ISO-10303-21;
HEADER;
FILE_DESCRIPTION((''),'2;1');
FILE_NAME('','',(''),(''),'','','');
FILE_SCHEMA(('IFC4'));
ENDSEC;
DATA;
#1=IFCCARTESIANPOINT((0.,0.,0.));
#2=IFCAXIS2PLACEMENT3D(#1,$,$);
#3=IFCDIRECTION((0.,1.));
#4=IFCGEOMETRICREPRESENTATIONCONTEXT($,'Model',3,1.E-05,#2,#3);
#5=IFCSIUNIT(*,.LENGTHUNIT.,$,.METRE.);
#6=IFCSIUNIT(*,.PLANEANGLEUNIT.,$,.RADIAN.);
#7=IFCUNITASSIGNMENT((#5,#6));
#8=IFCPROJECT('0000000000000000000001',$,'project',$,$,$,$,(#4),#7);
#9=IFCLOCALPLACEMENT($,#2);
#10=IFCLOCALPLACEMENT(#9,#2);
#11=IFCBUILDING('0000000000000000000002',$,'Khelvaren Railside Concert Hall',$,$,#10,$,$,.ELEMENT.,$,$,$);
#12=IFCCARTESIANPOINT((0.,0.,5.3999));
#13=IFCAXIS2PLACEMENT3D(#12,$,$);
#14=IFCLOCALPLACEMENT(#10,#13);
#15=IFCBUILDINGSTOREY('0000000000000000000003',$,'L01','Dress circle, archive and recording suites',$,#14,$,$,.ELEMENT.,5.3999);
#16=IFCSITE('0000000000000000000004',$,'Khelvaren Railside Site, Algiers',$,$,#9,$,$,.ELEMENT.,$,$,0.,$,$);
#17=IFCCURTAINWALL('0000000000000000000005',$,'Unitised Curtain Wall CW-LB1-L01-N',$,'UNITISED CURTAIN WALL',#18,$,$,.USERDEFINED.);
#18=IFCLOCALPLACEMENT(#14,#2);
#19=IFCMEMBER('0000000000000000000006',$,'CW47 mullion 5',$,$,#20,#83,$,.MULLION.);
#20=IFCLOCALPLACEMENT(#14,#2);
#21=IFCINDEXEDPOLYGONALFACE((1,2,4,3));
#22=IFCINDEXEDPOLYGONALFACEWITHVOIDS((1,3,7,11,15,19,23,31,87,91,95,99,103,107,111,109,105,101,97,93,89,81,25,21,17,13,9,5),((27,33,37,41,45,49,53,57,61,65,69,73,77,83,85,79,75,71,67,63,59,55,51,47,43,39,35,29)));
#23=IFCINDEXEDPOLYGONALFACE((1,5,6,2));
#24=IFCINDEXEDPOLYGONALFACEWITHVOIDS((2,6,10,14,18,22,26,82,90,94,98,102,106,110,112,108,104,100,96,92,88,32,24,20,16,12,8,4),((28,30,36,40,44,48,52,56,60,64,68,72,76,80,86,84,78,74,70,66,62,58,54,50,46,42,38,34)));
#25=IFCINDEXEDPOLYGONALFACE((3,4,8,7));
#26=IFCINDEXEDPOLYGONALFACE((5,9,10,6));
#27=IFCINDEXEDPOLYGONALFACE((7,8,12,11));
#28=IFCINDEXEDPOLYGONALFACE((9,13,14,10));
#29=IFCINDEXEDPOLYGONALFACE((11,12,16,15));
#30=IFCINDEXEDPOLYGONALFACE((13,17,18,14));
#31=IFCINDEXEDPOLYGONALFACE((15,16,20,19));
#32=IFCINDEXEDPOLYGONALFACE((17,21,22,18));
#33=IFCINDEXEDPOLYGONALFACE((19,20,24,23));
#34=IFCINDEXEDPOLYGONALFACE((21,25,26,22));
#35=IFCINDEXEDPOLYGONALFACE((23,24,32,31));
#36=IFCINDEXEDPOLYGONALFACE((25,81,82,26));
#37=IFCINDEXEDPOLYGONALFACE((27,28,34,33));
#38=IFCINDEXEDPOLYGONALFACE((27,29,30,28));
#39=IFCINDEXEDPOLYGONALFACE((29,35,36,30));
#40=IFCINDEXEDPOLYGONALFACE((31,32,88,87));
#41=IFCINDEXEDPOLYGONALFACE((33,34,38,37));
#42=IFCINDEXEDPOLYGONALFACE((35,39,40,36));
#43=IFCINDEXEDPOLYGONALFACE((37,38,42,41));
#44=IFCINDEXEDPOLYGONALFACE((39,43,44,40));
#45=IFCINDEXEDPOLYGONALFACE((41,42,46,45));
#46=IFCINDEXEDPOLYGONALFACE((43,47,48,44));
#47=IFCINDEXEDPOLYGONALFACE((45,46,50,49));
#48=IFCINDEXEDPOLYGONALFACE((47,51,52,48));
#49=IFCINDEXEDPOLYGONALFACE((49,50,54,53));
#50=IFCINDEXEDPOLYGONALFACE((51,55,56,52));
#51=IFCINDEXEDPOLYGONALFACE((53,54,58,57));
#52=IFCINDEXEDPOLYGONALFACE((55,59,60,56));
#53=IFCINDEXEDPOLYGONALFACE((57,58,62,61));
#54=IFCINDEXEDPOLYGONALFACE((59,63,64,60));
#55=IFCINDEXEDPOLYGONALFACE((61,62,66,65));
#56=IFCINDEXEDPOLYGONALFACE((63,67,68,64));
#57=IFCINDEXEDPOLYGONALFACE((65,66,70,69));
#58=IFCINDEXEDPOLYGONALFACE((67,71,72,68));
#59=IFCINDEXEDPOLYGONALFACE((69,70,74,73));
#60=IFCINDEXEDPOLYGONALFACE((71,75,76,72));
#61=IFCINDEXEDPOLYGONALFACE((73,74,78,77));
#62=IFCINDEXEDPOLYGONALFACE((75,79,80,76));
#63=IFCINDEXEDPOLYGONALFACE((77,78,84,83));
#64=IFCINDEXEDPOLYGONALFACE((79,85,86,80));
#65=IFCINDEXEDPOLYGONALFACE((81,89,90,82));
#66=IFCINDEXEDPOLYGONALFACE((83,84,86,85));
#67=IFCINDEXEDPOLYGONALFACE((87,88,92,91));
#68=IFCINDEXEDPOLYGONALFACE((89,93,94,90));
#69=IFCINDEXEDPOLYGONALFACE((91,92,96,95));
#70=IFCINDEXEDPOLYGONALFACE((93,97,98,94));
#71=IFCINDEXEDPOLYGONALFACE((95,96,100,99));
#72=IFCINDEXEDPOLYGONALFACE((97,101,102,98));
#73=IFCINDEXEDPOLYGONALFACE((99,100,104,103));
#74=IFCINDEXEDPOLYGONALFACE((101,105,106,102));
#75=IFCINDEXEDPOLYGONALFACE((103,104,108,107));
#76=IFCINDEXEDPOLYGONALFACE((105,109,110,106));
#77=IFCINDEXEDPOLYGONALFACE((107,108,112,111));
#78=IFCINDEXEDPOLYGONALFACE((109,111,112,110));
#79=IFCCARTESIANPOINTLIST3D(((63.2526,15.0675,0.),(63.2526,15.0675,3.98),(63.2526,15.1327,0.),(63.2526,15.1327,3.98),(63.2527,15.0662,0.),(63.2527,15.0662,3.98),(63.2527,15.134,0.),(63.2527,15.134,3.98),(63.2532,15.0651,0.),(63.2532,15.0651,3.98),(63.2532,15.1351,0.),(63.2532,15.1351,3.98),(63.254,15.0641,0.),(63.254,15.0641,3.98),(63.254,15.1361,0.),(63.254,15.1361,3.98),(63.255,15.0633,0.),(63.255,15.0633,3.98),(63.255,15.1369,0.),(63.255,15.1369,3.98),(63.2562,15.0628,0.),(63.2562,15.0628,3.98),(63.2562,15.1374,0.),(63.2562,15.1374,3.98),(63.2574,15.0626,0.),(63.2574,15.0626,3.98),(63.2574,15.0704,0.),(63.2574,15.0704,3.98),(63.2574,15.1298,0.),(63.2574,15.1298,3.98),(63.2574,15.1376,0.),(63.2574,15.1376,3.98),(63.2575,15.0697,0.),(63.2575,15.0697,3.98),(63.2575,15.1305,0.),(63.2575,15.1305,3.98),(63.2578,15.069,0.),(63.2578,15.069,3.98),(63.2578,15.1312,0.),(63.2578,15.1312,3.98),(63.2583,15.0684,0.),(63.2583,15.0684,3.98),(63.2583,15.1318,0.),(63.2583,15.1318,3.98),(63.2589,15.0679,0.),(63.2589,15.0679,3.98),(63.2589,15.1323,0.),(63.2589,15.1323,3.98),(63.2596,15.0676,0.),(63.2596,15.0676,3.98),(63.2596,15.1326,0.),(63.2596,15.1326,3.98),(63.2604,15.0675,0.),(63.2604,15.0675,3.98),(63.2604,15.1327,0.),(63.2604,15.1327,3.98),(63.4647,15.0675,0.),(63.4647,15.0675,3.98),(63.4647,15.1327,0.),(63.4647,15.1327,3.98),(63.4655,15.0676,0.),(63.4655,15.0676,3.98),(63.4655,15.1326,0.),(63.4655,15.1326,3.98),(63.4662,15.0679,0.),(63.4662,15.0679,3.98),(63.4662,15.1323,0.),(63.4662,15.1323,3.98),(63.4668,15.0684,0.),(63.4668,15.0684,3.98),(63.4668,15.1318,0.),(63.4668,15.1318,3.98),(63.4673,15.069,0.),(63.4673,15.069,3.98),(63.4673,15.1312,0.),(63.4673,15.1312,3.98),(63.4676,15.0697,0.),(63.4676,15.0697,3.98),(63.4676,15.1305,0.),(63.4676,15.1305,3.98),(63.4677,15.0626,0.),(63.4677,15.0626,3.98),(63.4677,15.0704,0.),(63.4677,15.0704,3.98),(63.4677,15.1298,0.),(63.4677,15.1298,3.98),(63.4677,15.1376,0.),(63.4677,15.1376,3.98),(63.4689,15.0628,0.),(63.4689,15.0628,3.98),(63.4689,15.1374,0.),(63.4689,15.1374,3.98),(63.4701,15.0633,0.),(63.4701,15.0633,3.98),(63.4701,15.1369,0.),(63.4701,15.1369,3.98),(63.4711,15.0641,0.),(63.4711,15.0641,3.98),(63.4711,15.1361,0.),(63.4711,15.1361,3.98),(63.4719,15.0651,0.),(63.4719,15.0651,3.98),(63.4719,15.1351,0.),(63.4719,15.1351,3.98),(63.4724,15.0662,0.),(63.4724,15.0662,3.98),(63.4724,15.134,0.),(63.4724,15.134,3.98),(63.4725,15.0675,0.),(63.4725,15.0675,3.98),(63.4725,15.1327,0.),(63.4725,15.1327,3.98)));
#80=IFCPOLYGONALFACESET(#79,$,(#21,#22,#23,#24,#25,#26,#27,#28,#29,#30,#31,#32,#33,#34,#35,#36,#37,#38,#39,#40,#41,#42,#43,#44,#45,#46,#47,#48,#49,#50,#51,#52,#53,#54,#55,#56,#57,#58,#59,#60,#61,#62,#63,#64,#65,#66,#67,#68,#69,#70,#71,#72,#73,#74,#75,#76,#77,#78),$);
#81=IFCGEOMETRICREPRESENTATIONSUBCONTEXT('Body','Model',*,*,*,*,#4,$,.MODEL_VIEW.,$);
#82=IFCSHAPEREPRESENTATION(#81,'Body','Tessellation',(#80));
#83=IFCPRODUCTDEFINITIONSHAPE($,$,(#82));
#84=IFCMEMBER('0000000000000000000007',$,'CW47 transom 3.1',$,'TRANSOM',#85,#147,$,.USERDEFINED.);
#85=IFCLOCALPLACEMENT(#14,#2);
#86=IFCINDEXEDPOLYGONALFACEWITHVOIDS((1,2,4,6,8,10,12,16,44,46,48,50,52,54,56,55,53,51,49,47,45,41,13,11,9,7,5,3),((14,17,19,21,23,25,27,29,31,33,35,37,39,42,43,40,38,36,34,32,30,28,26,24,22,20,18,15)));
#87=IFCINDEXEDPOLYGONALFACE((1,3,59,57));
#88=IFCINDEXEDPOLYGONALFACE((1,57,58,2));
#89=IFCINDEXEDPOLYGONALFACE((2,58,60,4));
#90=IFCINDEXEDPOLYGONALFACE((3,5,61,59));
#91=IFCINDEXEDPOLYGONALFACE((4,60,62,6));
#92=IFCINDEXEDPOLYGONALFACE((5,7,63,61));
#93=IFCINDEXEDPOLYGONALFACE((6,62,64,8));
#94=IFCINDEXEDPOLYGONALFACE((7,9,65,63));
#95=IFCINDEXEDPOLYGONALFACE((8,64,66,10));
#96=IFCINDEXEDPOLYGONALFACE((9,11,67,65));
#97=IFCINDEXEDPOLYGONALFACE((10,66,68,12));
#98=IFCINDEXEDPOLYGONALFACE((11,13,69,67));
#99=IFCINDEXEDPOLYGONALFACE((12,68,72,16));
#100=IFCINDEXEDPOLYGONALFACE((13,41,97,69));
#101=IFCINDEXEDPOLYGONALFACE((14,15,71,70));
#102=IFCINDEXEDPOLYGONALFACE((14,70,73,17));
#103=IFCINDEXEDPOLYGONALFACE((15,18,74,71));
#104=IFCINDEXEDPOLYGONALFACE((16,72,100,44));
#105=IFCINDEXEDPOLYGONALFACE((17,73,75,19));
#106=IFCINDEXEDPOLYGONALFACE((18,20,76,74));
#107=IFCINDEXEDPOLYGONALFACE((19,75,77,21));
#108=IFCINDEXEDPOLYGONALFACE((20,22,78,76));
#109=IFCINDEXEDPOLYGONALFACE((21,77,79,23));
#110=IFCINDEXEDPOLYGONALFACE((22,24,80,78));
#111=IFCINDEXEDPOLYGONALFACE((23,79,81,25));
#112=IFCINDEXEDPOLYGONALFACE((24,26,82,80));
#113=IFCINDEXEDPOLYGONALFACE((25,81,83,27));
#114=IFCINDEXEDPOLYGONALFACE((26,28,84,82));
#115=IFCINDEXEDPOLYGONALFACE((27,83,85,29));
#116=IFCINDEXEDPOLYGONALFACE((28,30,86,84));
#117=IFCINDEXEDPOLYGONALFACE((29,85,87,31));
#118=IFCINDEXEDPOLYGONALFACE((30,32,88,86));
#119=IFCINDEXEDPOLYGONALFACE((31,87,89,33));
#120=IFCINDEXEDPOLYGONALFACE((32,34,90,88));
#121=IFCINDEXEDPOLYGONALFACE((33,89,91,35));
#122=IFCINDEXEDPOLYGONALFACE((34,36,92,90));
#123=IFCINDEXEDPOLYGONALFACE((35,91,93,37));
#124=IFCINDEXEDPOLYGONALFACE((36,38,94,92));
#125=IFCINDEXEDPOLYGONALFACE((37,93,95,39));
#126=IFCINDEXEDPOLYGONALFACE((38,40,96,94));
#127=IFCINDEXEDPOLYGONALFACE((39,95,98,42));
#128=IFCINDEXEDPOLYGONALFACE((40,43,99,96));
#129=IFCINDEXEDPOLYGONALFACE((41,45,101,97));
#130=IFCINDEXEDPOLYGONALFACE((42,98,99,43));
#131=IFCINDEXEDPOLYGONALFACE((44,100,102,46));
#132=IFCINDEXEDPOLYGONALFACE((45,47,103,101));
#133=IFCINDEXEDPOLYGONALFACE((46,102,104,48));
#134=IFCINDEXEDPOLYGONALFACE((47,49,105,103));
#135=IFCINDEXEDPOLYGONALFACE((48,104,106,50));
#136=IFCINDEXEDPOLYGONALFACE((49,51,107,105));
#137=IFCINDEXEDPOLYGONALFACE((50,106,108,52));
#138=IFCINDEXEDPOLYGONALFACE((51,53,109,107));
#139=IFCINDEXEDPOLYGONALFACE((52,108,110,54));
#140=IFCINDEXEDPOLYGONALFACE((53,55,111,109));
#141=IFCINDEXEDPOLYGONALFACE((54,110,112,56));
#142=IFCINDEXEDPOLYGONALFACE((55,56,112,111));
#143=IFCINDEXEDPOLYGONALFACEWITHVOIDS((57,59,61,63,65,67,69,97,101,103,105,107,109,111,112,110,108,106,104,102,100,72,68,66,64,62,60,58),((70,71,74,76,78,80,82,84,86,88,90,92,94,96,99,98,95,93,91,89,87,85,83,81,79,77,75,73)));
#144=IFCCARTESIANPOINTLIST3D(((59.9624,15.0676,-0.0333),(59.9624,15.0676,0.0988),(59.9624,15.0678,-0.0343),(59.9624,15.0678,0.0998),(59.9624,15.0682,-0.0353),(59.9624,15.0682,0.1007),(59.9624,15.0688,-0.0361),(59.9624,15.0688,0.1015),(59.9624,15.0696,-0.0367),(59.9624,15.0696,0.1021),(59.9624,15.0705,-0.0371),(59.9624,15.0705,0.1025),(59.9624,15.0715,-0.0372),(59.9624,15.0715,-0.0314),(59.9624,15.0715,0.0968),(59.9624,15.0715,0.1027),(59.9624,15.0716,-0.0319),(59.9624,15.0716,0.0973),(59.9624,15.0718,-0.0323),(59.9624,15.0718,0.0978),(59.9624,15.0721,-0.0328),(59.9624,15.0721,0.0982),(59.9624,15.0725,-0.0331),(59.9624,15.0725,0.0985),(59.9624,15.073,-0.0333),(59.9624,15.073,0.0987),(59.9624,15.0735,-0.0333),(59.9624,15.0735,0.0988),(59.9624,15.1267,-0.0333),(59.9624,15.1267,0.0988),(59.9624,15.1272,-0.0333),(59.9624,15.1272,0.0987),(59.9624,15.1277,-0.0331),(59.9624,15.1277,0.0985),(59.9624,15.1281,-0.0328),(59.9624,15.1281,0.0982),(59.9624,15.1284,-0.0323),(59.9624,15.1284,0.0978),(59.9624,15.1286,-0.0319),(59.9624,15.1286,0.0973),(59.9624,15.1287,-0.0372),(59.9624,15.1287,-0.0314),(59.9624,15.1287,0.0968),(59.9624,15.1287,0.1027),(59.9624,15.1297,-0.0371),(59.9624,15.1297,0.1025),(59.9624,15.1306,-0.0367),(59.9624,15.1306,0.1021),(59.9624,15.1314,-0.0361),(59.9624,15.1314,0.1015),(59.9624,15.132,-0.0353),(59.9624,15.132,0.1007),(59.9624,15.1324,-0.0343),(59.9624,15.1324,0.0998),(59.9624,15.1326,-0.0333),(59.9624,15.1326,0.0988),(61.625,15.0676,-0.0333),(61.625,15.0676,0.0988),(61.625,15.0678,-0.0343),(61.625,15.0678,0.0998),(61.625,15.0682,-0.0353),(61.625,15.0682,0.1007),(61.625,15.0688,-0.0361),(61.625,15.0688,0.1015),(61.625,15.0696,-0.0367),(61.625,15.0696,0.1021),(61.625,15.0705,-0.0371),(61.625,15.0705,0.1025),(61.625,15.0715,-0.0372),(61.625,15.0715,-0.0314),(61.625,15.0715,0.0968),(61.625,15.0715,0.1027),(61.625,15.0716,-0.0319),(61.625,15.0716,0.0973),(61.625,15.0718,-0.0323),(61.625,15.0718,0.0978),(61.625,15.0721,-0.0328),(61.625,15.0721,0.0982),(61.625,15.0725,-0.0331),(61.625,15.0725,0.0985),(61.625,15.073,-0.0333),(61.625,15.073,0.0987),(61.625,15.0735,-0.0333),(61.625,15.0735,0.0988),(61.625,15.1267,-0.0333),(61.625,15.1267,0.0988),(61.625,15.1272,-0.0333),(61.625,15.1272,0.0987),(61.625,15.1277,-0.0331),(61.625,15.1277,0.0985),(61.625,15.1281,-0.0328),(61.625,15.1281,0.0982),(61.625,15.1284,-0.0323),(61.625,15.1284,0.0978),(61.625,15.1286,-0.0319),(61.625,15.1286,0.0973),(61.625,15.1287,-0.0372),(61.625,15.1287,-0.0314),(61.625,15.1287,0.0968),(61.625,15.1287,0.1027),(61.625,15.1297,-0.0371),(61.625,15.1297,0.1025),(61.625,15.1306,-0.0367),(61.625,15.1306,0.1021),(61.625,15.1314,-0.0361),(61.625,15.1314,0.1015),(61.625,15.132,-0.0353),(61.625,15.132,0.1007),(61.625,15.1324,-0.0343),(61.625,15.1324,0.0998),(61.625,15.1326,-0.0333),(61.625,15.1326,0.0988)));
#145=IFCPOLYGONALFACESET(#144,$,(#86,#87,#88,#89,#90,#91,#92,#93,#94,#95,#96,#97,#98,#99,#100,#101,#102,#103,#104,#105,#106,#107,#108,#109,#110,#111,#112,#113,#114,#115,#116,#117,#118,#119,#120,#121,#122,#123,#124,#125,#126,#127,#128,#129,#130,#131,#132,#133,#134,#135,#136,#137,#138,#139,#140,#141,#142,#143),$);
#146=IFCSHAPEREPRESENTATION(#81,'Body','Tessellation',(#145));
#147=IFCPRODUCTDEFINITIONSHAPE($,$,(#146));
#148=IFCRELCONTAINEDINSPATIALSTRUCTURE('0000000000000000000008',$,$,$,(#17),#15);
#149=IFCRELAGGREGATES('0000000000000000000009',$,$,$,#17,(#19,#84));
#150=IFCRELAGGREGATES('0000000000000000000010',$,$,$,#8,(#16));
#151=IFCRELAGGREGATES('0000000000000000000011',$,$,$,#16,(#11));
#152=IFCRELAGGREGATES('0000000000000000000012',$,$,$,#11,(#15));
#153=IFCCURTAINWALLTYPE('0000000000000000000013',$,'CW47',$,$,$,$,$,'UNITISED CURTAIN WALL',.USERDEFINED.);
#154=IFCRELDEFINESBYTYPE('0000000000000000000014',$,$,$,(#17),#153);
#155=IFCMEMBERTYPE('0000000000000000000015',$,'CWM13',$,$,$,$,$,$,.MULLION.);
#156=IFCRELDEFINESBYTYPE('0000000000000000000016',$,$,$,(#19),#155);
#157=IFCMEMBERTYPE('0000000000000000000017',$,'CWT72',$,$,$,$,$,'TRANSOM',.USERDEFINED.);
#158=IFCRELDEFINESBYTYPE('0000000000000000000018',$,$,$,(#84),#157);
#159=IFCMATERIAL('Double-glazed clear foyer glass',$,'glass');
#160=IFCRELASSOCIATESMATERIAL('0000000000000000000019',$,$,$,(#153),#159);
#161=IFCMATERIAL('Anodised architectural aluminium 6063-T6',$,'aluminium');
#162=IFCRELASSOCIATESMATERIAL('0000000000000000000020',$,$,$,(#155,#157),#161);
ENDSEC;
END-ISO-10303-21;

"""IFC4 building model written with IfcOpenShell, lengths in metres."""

from ifc_helpers import new_model, si_unit, direction, frame, origin, origin_2d, place, context, subcontext, project, spatial, hollow_rectangle, extrude, material, material_profile, profile_set, type_object, element, aggregate, save


model = new_model("IFC4")

# Units and contexts
model_context = context("Model", 3, precision=1e-05, world=origin(), true_north=direction((0.0, 1.0)))
body_context = subcontext(model_context, "Body", "Model", "MODEL_VIEW")
ifc_project = project(units=[si_unit("LENGTHUNIT", "METRE"), si_unit("PLANEANGLEUNIT", "RADIAN")], contexts=[model_context])

# Site, building, storey
site_placement = place(None, origin())
site = spatial("IfcSite", under=ifc_project, at=site_placement, Name="Khelvaren Railside Site, Algiers", CompositionType="ELEMENT", RefElevation=0.0)
building_placement = place(site_placement, origin())
building = spatial("IfcBuilding", under=site, at=building_placement, Name="Khelvaren Railside Concert Hall", CompositionType="ELEMENT")
storey_placement = place(building_placement, frame((0.0, 0.0, 5.3999)))
storey = spatial("IfcBuildingStorey", under=building, at=storey_placement, Name="L01", Description="Dress circle, archive and recording suites", CompositionType="ELEMENT", Elevation=5.3999)

# Curtain wall, members
ifc_material_1 = material(Name="Double-glazed clear foyer glass", Category="glass")
curtain_wall_type = type_object("IfcCurtainWallType", Name="CW47", ElementType="UNITISED CURTAIN WALL", PredefinedType="USERDEFINED", material=ifc_material_1)
curtain_wall_placement = place(storey_placement, origin())
curtain_wall = element("IfcCurtainWall", 1, at=curtain_wall_placement, inside=storey, type_object=curtain_wall_type, Name="Unitised Curtain Wall CW-LB1-L01-N", ObjectType="UNITISED CURTAIN WALL", PredefinedType="USERDEFINED")
ifc_material_2 = material(Name="Anodised architectural aluminium 6063-T6", Category="aluminium")
ifc_material_profile_1 = material_profile(ifc_material_2, hollow_rectangle(XDim=0.075, YDim=0.22, WallThickness=0.0049, InnerFilletRadius=0.0029, OuterFilletRadius=0.0049, at=origin_2d()), Name="CWM 75x220x5")
ifc_profile_set_1 = profile_set([ifc_material_profile_1], Name="Anodised architectural aluminium 6063-T6")
member_type_1 = type_object("IfcMemberType", Name="CWM13", PredefinedType="MULLION", material=ifc_profile_set_1)
member_1_placement = place(storey_placement, frame((63.3625, 15.1001, 0.0), z_axis=(0.0, 0.0, 1.0), x_axis=(0.0, 1.0, 0.0)))
member_1 = element("IfcMember", 2, at=member_1_placement, type_object=member_type_1, Name="CW47 mullion 5", PredefinedType="MULLION", context=body_context, shape_type="SweptSolid", body=[
    extrude(hollow_rectangle(XDim=0.075, YDim=0.22, WallThickness=0.0049, InnerFilletRadius=0.0029, OuterFilletRadius=0.0049, at=origin_2d()), origin(), (0.0, 0.0, 1.0), 3.98),
])
ifc_material_profile_2 = material_profile(ifc_material_2, hollow_rectangle(XDim=0.0649, YDim=0.1399, WallThickness=0.0039, InnerFilletRadius=0.002, OuterFilletRadius=0.0039, at=origin_2d()), Name="CWT 65x140x4")
ifc_profile_set_2 = profile_set([ifc_material_profile_2], Name="Anodised architectural aluminium 6063-T6")
member_type_2 = type_object("IfcMemberType", Name="CWT72", ElementType="TRANSOM", PredefinedType="USERDEFINED", material=ifc_profile_set_2)
member_2_placement = place(storey_placement, frame((59.9624, 15.1001, 0.0327), z_axis=(1.0, 0.0, 0.0), x_axis=(0.0, 1.0, 0.0)))
member_2 = element("IfcMember", 3, at=member_2_placement, type_object=member_type_2, Name="CW47 transom 3.1", ObjectType="TRANSOM", PredefinedType="USERDEFINED", context=body_context, shape_type="SweptSolid", body=[
    extrude(hollow_rectangle(XDim=0.0649, YDim=0.1399, WallThickness=0.0039, InnerFilletRadius=0.002, OuterFilletRadius=0.0039, at=origin_2d()), origin(), (0.0, 0.0, 1.0), 1.6626),
])

aggregate(curtain_wall, [member_1, member_2])

save(model, "model.ifc")
